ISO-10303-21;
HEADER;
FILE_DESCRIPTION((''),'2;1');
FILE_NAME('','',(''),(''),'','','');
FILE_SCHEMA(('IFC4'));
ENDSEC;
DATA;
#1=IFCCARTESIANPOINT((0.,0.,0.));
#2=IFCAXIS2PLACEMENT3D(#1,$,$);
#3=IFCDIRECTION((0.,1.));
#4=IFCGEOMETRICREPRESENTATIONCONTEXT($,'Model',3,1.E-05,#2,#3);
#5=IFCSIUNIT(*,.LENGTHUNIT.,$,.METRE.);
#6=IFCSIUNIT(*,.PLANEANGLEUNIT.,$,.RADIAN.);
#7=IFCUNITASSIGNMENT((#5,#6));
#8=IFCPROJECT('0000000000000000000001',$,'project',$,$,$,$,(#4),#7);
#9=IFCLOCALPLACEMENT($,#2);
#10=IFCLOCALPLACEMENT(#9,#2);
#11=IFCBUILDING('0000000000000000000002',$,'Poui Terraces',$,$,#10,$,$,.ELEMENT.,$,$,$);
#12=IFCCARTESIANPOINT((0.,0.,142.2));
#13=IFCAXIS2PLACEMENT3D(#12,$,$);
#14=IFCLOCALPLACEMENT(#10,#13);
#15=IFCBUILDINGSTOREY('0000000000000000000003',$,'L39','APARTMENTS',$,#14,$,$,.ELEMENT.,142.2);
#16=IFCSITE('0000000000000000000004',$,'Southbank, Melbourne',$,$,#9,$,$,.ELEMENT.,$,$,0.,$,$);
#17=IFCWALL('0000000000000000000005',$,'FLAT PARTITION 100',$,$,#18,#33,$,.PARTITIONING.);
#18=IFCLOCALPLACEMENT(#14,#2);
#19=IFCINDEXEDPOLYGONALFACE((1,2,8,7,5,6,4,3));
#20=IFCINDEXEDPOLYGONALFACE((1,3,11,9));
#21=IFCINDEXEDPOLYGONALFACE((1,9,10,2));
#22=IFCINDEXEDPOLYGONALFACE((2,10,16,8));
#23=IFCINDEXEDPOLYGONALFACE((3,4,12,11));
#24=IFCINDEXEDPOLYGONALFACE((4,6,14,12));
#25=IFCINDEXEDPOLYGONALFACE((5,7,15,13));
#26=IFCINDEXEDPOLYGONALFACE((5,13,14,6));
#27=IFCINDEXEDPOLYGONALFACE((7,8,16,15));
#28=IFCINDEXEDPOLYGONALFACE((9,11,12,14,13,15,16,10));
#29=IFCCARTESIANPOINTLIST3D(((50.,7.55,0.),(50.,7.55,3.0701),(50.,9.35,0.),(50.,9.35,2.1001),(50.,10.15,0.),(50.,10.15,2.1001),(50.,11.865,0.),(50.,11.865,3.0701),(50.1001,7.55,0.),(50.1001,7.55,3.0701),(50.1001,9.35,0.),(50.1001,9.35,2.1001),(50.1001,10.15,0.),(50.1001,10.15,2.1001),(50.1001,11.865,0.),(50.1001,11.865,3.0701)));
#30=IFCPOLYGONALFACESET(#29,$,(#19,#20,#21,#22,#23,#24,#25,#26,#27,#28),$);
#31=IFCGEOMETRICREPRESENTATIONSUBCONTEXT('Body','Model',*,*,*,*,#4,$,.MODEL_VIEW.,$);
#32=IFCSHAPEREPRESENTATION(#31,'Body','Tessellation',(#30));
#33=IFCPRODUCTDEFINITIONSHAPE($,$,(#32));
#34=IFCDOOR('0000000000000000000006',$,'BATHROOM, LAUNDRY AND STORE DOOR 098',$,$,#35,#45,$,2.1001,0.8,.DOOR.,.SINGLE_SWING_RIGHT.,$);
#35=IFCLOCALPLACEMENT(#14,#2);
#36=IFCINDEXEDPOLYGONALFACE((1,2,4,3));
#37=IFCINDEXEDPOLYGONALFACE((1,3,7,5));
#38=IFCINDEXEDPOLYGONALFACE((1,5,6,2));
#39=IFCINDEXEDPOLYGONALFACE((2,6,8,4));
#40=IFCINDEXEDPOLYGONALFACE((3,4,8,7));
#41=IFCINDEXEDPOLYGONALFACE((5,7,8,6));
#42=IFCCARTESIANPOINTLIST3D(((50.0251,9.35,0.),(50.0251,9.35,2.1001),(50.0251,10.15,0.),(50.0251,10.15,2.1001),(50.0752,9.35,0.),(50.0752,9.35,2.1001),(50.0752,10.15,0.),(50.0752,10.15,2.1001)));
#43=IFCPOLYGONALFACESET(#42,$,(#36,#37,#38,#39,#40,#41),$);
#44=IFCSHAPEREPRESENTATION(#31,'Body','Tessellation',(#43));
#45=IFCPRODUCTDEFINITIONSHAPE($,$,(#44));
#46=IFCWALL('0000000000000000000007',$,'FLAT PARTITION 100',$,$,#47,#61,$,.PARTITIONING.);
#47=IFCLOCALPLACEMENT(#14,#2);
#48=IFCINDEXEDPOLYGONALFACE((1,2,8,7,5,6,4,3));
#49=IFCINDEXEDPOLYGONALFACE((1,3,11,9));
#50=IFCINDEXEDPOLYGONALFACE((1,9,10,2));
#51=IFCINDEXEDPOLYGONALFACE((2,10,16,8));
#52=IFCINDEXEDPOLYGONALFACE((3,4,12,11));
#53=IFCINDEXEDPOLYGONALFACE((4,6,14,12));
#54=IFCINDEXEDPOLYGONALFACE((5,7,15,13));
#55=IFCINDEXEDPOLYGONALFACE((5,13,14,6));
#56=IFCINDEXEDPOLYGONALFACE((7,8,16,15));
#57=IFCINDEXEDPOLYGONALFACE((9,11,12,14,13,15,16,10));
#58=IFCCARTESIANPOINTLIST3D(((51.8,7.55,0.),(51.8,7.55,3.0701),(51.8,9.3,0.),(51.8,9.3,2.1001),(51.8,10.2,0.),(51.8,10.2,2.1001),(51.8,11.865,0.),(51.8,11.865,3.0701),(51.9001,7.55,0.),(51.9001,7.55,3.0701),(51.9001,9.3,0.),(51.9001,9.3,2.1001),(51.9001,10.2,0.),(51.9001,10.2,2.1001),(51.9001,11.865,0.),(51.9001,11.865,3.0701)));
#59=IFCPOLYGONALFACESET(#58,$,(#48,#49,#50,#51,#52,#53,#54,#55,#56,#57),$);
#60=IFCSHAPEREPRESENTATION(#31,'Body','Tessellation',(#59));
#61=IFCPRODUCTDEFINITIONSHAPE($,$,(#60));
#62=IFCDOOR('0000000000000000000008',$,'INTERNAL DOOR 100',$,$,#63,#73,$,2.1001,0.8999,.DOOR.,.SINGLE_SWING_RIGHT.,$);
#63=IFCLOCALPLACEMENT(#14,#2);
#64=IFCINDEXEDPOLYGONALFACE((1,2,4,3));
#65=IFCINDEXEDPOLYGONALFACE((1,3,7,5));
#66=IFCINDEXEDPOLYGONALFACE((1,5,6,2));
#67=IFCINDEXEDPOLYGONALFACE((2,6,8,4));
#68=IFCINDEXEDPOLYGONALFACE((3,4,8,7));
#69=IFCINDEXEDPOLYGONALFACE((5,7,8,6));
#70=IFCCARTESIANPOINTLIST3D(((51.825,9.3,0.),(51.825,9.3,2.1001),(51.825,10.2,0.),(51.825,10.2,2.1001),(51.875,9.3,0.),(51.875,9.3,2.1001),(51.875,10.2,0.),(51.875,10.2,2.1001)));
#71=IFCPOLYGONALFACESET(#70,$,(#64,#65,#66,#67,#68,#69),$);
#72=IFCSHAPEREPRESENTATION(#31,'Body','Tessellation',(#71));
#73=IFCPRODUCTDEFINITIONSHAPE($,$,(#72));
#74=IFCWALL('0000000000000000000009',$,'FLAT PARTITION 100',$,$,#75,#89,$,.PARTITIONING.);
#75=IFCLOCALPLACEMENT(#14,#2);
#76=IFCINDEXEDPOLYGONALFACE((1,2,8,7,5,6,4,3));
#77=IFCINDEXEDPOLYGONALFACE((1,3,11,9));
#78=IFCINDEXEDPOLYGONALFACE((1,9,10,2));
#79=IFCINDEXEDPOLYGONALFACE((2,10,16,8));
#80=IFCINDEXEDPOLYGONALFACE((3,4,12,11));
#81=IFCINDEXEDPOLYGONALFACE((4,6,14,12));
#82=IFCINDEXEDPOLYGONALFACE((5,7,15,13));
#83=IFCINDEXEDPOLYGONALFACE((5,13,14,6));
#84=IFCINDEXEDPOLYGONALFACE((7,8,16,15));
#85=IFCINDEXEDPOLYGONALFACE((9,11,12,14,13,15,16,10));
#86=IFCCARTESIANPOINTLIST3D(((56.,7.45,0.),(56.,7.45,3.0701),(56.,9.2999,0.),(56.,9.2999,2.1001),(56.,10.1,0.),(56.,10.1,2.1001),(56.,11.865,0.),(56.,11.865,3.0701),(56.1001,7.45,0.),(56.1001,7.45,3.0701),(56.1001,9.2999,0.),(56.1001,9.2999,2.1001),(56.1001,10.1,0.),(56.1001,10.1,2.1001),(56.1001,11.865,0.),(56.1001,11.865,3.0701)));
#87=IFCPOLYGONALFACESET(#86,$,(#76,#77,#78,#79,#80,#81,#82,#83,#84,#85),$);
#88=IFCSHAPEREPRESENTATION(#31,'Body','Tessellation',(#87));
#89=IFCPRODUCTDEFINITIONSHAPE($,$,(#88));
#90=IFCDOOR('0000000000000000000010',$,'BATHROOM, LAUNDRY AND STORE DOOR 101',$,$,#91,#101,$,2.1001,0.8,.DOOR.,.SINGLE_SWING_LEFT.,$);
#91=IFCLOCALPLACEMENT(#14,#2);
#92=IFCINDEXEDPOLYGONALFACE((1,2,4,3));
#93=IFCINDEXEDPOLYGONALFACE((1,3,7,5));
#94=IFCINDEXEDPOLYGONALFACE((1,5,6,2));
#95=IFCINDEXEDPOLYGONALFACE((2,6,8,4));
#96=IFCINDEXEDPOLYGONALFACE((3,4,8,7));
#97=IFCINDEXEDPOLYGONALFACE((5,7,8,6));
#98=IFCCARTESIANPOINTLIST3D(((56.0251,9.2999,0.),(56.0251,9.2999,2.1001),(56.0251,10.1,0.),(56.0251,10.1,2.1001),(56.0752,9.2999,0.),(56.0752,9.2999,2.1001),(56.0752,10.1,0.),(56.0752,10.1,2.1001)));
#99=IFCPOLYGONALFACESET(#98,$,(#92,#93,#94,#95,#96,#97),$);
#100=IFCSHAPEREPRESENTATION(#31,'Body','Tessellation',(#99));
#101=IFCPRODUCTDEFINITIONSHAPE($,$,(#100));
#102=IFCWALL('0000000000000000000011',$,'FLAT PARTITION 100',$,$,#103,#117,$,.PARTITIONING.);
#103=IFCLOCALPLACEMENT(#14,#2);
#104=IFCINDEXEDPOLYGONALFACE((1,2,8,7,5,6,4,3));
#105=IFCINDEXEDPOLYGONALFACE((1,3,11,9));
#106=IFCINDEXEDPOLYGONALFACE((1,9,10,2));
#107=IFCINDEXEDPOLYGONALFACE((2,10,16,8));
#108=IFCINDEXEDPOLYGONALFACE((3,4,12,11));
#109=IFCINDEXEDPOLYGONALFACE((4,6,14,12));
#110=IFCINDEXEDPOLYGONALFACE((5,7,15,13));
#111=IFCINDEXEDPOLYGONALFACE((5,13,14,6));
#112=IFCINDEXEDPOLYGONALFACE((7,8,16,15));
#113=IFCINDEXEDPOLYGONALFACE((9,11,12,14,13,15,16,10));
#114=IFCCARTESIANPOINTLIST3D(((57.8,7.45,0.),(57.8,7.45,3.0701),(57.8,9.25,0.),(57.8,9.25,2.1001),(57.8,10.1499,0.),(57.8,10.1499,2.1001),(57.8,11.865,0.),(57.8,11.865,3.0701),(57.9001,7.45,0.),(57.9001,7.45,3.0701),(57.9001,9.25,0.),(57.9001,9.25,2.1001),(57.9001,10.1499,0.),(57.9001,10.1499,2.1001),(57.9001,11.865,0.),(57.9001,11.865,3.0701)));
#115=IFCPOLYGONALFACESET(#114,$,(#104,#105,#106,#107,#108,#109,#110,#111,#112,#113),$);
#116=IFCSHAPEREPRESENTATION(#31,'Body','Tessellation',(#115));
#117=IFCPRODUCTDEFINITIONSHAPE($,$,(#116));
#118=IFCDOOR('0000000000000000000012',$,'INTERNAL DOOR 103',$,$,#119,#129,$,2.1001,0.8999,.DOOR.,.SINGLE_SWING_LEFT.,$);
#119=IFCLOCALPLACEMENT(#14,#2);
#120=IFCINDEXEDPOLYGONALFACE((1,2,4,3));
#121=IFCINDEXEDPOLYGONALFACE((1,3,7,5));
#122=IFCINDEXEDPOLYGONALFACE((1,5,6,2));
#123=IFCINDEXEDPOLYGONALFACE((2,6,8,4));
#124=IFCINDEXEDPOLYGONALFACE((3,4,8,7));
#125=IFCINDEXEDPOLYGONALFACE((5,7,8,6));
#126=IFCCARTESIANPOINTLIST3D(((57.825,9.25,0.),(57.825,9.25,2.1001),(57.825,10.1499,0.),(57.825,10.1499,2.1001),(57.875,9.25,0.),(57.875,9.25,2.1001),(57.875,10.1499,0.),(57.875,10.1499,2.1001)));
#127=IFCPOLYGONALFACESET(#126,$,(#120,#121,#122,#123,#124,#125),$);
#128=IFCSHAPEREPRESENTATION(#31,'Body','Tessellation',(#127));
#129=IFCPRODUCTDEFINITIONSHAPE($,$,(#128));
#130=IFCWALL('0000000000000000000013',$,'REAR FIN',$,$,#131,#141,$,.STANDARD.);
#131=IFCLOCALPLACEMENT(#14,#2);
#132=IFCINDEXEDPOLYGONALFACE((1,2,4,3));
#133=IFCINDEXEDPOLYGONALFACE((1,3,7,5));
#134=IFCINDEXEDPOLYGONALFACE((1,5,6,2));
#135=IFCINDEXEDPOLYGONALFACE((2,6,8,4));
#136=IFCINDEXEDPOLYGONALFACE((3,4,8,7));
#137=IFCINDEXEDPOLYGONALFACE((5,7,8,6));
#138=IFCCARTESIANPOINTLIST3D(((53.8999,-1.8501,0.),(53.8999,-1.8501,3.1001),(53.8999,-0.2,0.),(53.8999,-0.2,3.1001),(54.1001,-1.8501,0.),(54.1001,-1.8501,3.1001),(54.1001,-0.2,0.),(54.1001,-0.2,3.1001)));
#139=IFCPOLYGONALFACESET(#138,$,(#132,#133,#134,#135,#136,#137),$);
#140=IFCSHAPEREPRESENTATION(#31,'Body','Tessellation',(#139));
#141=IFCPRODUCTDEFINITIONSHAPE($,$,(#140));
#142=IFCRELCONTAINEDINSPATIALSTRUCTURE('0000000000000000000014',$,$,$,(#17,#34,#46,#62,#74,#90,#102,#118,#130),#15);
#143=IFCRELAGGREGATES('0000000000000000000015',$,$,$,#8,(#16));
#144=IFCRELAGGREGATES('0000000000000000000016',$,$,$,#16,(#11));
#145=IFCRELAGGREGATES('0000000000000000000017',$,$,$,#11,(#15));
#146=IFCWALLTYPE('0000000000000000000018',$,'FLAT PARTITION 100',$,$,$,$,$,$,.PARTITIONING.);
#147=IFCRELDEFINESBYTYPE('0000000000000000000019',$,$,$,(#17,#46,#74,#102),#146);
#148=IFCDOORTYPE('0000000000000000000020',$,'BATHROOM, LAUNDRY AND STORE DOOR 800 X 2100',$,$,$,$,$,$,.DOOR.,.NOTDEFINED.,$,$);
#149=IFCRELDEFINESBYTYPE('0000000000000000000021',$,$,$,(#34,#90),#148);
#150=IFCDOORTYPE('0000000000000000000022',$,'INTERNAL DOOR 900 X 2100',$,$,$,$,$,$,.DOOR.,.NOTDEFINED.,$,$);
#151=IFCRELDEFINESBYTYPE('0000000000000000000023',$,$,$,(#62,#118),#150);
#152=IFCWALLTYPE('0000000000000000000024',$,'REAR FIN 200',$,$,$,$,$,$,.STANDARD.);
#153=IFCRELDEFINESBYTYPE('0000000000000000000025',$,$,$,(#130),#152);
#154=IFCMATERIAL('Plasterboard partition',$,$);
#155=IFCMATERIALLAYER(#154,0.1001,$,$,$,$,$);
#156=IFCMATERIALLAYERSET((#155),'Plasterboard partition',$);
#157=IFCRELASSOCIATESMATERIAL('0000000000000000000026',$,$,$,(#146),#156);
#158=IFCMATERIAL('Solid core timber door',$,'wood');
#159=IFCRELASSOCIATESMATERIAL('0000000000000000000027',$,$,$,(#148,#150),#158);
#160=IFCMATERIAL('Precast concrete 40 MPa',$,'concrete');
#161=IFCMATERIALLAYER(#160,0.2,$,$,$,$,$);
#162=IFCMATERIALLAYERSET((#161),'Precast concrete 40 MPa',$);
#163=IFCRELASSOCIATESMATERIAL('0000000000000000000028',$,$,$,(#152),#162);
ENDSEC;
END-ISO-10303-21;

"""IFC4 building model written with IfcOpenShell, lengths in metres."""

from ifc_helpers import new_model, si_unit, direction, frame, frame_2d, origin, place, context, subcontext, project, spatial, polyline, rectangle, outline, extrude, source, transform, mapped, material, layer, layer_set, type_object, element, fill, save


model = new_model("IFC4")

# Units and contexts
model_context = context("Model", 3, precision=1e-05, world=origin(), true_north=direction((0.0, 1.0)))
body_context = subcontext(model_context, "Body", "Model", "MODEL_VIEW")
ifc_project = project(units=[si_unit("LENGTHUNIT", "METRE"), si_unit("PLANEANGLEUNIT", "RADIAN")], contexts=[model_context])

# Site, building, storey
site_placement = place(None, origin())
site = spatial("IfcSite", under=ifc_project, at=site_placement, Name="Southbank, Melbourne", CompositionType="ELEMENT", RefElevation=0.0)
building_placement = place(site_placement, origin())
building = spatial("IfcBuilding", under=site, at=building_placement, Name="Poui Terraces", CompositionType="ELEMENT")
storey_placement = place(building_placement, frame((0.0, 0.0, 142.2)))
storey = spatial("IfcBuildingStorey", under=building, at=storey_placement, Name="L39", Description="APARTMENTS", CompositionType="ELEMENT", Elevation=142.2)

# Shared definitions
ifc_material_1 = material(Name="Precast concrete 40 MPa", Category="concrete")

# Shared definitions
ifc_material_2 = material(Name="Plasterboard partition")
ifc_layer_1 = layer(ifc_material_2, 0.1001)
ifc_layer_set_1 = layer_set([ifc_layer_1], Name="Plasterboard partition")
wall_type_1 = type_object("IfcWallType", Name="FLAT PARTITION 100", PredefinedType="PARTITIONING", material=ifc_layer_set_1)

# Walls, openings, doors
wall_1_placement = place(storey_placement, frame((50.05, 7.55, 0.0), z_axis=(0.0, 0.0, 1.0), x_axis=(0.0, 1.0, 0.0)))
wall_1 = element("IfcWall", 1, at=wall_1_placement, inside=storey, type_object=wall_type_1, Name="FLAT PARTITION 100", PredefinedType="PARTITIONING", context=body_context, shape_type="SweptSolid", body=[
    extrude(rectangle(XDim=4.3149, YDim=0.1001, at=frame_2d((2.1575, 0.0))), origin(), (0.0, 0.0, 1.0), 3.0701),
])
opening_1_placement = place(wall_1_placement, frame((1.8, 0.0, 0.0)))
opening_1 = element("IfcOpeningElement", 2, at=opening_1_placement, cuts=wall_1, PredefinedType="OPENING", context=body_context, shape_type="SweptSolid", body=[
    extrude(rectangle(XDim=0.8, YDim=2.1001, at=frame_2d((0.3999, 1.05))), frame((0.0, 0.0601, 0.0), z_axis=(0.0, -1.0, 0.0), x_axis=(1.0, 0.0, 0.0)), (0.0, 0.0, 1.0), 0.1201),
])
ifc_material_3 = material(Name="Solid core timber door", Category="wood")
door_type_1 = type_object("IfcDoorType", Name="BATHROOM, LAUNDRY AND STORE DOOR 800 X 2100", OperationType="NOTDEFINED", PredefinedType="DOOR", material=ifc_material_3)
door_1_placement = place(opening_1_placement, origin())
door_1 = element("IfcDoor", 3, at=door_1_placement, inside=storey, type_object=door_type_1, Name="BATHROOM, LAUNDRY AND STORE DOOR 098", OperationType="SINGLE_SWING_RIGHT", OverallHeight=2.1001, OverallWidth=0.8, PredefinedType="DOOR", context=body_context, shape_type="SweptSolid", body=[
    extrude(rectangle(XDim=0.8, YDim=2.1001, at=frame_2d((0.3999, 1.05))), frame((0.0, 0.0249, 0.0), z_axis=(0.0, -1.0, 0.0), x_axis=(1.0, 0.0, 0.0)), (0.0, 0.0, 1.0), 0.05),
])
fill(opening_1, door_1)
wall_2_placement = place(storey_placement, frame((51.8501, 7.55, 0.0), z_axis=(0.0, 0.0, 1.0), x_axis=(0.0, 1.0, 0.0)))
wall_2 = element("IfcWall", 4, at=wall_2_placement, inside=storey, type_object=wall_type_1, Name="FLAT PARTITION 100", PredefinedType="PARTITIONING", context=body_context, shape_type="SweptSolid", body=[
    extrude(rectangle(XDim=4.3149, YDim=0.1001, at=frame_2d((2.1575, 0.0))), origin(), (0.0, 0.0, 1.0), 3.0701),
])
opening_2_placement = place(wall_2_placement, frame((1.75, 0.0, 0.0)))
opening_2 = element("IfcOpeningElement", 5, at=opening_2_placement, cuts=wall_2, PredefinedType="OPENING", context=body_context, shape_type="SweptSolid", body=[
    extrude(rectangle(XDim=0.8999, YDim=2.1001, at=frame_2d((0.45, 1.05))), frame((0.0, 0.0601, 0.0), z_axis=(0.0, -1.0, 0.0), x_axis=(1.0, 0.0, 0.0)), (0.0, 0.0, 1.0), 0.1201),
])
door_type_2 = type_object("IfcDoorType", Name="INTERNAL DOOR 900 X 2100", OperationType="NOTDEFINED", PredefinedType="DOOR", material=ifc_material_3)
door_2_placement = place(opening_2_placement, frame((0.8999, 0.0, 0.0), z_axis=(0.0, 0.0, 1.0), x_axis=(-1.0, 0.0, 0.0)))
door_2 = element("IfcDoor", 6, at=door_2_placement, inside=storey, type_object=door_type_2, Name="INTERNAL DOOR 100", OperationType="SINGLE_SWING_RIGHT", OverallHeight=2.1001, OverallWidth=0.8999, PredefinedType="DOOR", context=body_context, shape_type="SweptSolid", body=[
    extrude(rectangle(XDim=0.8999, YDim=2.1001, at=frame_2d((0.45, 1.05))), frame((0.0, 0.0249, 0.0), z_axis=(0.0, -1.0, 0.0), x_axis=(1.0, 0.0, 0.0)), (0.0, 0.0, 1.0), 0.05),
])
fill(opening_2, door_2)
wall_3_placement = place(storey_placement, frame((56.05, 7.45, 0.0), z_axis=(0.0, 0.0, 1.0), x_axis=(0.0, 1.0, 0.0)))
wall_3 = element("IfcWall", 7, at=wall_3_placement, inside=storey, type_object=wall_type_1, Name="FLAT PARTITION 100", PredefinedType="PARTITIONING", context=body_context, shape_type="SweptSolid", body=[
    extrude(rectangle(XDim=4.415, YDim=0.1001, at=frame_2d((2.2075, 0.0))), origin(), (0.0, 0.0, 1.0), 3.0701),
])
opening_3_placement = place(wall_3_placement, frame((1.8501, 0.0, 0.0)))
opening_3 = element("IfcOpeningElement", 8, at=opening_3_placement, cuts=wall_3, PredefinedType="OPENING", context=body_context, shape_type="SweptSolid", body=[
    extrude(rectangle(XDim=0.8, YDim=2.1001, at=frame_2d((0.3999, 1.05))), frame((0.0, 0.0601, 0.0), z_axis=(0.0, -1.0, 0.0), x_axis=(1.0, 0.0, 0.0)), (0.0, 0.0, 1.0), 0.1201),
])
door_3_placement = place(opening_3_placement, origin())
door_3 = element("IfcDoor", 9, at=door_3_placement, inside=storey, type_object=door_type_1, Name="BATHROOM, LAUNDRY AND STORE DOOR 101", OperationType="SINGLE_SWING_LEFT", OverallHeight=2.1001, OverallWidth=0.8, PredefinedType="DOOR", context=body_context, shape_type="SweptSolid", body=[
    extrude(rectangle(XDim=0.8, YDim=2.1001, at=frame_2d((0.3999, 1.05))), frame((0.0, 0.0249, 0.0), z_axis=(0.0, -1.0, 0.0), x_axis=(1.0, 0.0, 0.0)), (0.0, 0.0, 1.0), 0.05),
])
fill(opening_3, door_3)
wall_4_placement = place(storey_placement, frame((57.8501, 7.45, 0.0), z_axis=(0.0, 0.0, 1.0), x_axis=(0.0, 1.0, 0.0)))
wall_4 = element("IfcWall", 10, at=wall_4_placement, inside=storey, type_object=wall_type_1, Name="FLAT PARTITION 100", PredefinedType="PARTITIONING", context=body_context, shape_type="SweptSolid", body=[
    extrude(rectangle(XDim=4.415, YDim=0.1001, at=frame_2d((2.2075, 0.0))), origin(), (0.0, 0.0, 1.0), 3.0701),
])
opening_4_placement = place(wall_4_placement, frame((1.8, 0.0, 0.0)))
opening_4 = element("IfcOpeningElement", 11, at=opening_4_placement, cuts=wall_4, PredefinedType="OPENING", context=body_context, shape_type="SweptSolid", body=[
    extrude(rectangle(XDim=0.8999, YDim=2.1001, at=frame_2d((0.45, 1.05))), frame((0.0, 0.0601, 0.0), z_axis=(0.0, -1.0, 0.0), x_axis=(1.0, 0.0, 0.0)), (0.0, 0.0, 1.0), 0.1201),
])
door_4_placement = place(opening_4_placement, frame((0.8999, 0.0, 0.0), z_axis=(0.0, 0.0, 1.0), x_axis=(-1.0, 0.0, 0.0)))
door_4 = element("IfcDoor", 12, at=door_4_placement, inside=storey, type_object=door_type_2, Name="INTERNAL DOOR 103", OperationType="SINGLE_SWING_LEFT", OverallHeight=2.1001, OverallWidth=0.8999, PredefinedType="DOOR", context=body_context, shape_type="SweptSolid", body=[
    extrude(rectangle(XDim=0.8999, YDim=2.1001, at=frame_2d((0.45, 1.05))), frame((0.0, 0.0249, 0.0), z_axis=(0.0, -1.0, 0.0), x_axis=(1.0, 0.0, 0.0)), (0.0, 0.0, 1.0), 0.05),
])
fill(opening_4, door_4)

# Wall
ifc_layer_2 = layer(ifc_material_1, 0.2)
ifc_layer_set_2 = layer_set([ifc_layer_2], Name="Precast concrete 40 MPa")
wall_type_2 = type_object("IfcWallType", Name="REAR FIN 200", PredefinedType="STANDARD", material=ifc_layer_set_2)
shared_shape_1 = source(origin(), body_context, "Body", "SweptSolid", [
    extrude(outline(polyline([(0.0, 0.0), (0.2002, 0.0), (0.2002, 1.6501), (0.0, 1.6501), (0.0, 0.0)])), origin(), (0.0, 0.0, 1.0), 3.1001),
])
wall_5_placement = place(storey_placement, frame((53.8999, -1.8501, 0.0)))
element("IfcWall", 13, at=wall_5_placement, inside=storey, type_object=wall_type_2, Name="REAR FIN", PredefinedType="STANDARD", context=body_context, shape_type="MappedRepresentation", body=[
    mapped(shared_shape_1, transform((0.0, 0.0, 0.0))),
])

save(model, "model.ifc")
